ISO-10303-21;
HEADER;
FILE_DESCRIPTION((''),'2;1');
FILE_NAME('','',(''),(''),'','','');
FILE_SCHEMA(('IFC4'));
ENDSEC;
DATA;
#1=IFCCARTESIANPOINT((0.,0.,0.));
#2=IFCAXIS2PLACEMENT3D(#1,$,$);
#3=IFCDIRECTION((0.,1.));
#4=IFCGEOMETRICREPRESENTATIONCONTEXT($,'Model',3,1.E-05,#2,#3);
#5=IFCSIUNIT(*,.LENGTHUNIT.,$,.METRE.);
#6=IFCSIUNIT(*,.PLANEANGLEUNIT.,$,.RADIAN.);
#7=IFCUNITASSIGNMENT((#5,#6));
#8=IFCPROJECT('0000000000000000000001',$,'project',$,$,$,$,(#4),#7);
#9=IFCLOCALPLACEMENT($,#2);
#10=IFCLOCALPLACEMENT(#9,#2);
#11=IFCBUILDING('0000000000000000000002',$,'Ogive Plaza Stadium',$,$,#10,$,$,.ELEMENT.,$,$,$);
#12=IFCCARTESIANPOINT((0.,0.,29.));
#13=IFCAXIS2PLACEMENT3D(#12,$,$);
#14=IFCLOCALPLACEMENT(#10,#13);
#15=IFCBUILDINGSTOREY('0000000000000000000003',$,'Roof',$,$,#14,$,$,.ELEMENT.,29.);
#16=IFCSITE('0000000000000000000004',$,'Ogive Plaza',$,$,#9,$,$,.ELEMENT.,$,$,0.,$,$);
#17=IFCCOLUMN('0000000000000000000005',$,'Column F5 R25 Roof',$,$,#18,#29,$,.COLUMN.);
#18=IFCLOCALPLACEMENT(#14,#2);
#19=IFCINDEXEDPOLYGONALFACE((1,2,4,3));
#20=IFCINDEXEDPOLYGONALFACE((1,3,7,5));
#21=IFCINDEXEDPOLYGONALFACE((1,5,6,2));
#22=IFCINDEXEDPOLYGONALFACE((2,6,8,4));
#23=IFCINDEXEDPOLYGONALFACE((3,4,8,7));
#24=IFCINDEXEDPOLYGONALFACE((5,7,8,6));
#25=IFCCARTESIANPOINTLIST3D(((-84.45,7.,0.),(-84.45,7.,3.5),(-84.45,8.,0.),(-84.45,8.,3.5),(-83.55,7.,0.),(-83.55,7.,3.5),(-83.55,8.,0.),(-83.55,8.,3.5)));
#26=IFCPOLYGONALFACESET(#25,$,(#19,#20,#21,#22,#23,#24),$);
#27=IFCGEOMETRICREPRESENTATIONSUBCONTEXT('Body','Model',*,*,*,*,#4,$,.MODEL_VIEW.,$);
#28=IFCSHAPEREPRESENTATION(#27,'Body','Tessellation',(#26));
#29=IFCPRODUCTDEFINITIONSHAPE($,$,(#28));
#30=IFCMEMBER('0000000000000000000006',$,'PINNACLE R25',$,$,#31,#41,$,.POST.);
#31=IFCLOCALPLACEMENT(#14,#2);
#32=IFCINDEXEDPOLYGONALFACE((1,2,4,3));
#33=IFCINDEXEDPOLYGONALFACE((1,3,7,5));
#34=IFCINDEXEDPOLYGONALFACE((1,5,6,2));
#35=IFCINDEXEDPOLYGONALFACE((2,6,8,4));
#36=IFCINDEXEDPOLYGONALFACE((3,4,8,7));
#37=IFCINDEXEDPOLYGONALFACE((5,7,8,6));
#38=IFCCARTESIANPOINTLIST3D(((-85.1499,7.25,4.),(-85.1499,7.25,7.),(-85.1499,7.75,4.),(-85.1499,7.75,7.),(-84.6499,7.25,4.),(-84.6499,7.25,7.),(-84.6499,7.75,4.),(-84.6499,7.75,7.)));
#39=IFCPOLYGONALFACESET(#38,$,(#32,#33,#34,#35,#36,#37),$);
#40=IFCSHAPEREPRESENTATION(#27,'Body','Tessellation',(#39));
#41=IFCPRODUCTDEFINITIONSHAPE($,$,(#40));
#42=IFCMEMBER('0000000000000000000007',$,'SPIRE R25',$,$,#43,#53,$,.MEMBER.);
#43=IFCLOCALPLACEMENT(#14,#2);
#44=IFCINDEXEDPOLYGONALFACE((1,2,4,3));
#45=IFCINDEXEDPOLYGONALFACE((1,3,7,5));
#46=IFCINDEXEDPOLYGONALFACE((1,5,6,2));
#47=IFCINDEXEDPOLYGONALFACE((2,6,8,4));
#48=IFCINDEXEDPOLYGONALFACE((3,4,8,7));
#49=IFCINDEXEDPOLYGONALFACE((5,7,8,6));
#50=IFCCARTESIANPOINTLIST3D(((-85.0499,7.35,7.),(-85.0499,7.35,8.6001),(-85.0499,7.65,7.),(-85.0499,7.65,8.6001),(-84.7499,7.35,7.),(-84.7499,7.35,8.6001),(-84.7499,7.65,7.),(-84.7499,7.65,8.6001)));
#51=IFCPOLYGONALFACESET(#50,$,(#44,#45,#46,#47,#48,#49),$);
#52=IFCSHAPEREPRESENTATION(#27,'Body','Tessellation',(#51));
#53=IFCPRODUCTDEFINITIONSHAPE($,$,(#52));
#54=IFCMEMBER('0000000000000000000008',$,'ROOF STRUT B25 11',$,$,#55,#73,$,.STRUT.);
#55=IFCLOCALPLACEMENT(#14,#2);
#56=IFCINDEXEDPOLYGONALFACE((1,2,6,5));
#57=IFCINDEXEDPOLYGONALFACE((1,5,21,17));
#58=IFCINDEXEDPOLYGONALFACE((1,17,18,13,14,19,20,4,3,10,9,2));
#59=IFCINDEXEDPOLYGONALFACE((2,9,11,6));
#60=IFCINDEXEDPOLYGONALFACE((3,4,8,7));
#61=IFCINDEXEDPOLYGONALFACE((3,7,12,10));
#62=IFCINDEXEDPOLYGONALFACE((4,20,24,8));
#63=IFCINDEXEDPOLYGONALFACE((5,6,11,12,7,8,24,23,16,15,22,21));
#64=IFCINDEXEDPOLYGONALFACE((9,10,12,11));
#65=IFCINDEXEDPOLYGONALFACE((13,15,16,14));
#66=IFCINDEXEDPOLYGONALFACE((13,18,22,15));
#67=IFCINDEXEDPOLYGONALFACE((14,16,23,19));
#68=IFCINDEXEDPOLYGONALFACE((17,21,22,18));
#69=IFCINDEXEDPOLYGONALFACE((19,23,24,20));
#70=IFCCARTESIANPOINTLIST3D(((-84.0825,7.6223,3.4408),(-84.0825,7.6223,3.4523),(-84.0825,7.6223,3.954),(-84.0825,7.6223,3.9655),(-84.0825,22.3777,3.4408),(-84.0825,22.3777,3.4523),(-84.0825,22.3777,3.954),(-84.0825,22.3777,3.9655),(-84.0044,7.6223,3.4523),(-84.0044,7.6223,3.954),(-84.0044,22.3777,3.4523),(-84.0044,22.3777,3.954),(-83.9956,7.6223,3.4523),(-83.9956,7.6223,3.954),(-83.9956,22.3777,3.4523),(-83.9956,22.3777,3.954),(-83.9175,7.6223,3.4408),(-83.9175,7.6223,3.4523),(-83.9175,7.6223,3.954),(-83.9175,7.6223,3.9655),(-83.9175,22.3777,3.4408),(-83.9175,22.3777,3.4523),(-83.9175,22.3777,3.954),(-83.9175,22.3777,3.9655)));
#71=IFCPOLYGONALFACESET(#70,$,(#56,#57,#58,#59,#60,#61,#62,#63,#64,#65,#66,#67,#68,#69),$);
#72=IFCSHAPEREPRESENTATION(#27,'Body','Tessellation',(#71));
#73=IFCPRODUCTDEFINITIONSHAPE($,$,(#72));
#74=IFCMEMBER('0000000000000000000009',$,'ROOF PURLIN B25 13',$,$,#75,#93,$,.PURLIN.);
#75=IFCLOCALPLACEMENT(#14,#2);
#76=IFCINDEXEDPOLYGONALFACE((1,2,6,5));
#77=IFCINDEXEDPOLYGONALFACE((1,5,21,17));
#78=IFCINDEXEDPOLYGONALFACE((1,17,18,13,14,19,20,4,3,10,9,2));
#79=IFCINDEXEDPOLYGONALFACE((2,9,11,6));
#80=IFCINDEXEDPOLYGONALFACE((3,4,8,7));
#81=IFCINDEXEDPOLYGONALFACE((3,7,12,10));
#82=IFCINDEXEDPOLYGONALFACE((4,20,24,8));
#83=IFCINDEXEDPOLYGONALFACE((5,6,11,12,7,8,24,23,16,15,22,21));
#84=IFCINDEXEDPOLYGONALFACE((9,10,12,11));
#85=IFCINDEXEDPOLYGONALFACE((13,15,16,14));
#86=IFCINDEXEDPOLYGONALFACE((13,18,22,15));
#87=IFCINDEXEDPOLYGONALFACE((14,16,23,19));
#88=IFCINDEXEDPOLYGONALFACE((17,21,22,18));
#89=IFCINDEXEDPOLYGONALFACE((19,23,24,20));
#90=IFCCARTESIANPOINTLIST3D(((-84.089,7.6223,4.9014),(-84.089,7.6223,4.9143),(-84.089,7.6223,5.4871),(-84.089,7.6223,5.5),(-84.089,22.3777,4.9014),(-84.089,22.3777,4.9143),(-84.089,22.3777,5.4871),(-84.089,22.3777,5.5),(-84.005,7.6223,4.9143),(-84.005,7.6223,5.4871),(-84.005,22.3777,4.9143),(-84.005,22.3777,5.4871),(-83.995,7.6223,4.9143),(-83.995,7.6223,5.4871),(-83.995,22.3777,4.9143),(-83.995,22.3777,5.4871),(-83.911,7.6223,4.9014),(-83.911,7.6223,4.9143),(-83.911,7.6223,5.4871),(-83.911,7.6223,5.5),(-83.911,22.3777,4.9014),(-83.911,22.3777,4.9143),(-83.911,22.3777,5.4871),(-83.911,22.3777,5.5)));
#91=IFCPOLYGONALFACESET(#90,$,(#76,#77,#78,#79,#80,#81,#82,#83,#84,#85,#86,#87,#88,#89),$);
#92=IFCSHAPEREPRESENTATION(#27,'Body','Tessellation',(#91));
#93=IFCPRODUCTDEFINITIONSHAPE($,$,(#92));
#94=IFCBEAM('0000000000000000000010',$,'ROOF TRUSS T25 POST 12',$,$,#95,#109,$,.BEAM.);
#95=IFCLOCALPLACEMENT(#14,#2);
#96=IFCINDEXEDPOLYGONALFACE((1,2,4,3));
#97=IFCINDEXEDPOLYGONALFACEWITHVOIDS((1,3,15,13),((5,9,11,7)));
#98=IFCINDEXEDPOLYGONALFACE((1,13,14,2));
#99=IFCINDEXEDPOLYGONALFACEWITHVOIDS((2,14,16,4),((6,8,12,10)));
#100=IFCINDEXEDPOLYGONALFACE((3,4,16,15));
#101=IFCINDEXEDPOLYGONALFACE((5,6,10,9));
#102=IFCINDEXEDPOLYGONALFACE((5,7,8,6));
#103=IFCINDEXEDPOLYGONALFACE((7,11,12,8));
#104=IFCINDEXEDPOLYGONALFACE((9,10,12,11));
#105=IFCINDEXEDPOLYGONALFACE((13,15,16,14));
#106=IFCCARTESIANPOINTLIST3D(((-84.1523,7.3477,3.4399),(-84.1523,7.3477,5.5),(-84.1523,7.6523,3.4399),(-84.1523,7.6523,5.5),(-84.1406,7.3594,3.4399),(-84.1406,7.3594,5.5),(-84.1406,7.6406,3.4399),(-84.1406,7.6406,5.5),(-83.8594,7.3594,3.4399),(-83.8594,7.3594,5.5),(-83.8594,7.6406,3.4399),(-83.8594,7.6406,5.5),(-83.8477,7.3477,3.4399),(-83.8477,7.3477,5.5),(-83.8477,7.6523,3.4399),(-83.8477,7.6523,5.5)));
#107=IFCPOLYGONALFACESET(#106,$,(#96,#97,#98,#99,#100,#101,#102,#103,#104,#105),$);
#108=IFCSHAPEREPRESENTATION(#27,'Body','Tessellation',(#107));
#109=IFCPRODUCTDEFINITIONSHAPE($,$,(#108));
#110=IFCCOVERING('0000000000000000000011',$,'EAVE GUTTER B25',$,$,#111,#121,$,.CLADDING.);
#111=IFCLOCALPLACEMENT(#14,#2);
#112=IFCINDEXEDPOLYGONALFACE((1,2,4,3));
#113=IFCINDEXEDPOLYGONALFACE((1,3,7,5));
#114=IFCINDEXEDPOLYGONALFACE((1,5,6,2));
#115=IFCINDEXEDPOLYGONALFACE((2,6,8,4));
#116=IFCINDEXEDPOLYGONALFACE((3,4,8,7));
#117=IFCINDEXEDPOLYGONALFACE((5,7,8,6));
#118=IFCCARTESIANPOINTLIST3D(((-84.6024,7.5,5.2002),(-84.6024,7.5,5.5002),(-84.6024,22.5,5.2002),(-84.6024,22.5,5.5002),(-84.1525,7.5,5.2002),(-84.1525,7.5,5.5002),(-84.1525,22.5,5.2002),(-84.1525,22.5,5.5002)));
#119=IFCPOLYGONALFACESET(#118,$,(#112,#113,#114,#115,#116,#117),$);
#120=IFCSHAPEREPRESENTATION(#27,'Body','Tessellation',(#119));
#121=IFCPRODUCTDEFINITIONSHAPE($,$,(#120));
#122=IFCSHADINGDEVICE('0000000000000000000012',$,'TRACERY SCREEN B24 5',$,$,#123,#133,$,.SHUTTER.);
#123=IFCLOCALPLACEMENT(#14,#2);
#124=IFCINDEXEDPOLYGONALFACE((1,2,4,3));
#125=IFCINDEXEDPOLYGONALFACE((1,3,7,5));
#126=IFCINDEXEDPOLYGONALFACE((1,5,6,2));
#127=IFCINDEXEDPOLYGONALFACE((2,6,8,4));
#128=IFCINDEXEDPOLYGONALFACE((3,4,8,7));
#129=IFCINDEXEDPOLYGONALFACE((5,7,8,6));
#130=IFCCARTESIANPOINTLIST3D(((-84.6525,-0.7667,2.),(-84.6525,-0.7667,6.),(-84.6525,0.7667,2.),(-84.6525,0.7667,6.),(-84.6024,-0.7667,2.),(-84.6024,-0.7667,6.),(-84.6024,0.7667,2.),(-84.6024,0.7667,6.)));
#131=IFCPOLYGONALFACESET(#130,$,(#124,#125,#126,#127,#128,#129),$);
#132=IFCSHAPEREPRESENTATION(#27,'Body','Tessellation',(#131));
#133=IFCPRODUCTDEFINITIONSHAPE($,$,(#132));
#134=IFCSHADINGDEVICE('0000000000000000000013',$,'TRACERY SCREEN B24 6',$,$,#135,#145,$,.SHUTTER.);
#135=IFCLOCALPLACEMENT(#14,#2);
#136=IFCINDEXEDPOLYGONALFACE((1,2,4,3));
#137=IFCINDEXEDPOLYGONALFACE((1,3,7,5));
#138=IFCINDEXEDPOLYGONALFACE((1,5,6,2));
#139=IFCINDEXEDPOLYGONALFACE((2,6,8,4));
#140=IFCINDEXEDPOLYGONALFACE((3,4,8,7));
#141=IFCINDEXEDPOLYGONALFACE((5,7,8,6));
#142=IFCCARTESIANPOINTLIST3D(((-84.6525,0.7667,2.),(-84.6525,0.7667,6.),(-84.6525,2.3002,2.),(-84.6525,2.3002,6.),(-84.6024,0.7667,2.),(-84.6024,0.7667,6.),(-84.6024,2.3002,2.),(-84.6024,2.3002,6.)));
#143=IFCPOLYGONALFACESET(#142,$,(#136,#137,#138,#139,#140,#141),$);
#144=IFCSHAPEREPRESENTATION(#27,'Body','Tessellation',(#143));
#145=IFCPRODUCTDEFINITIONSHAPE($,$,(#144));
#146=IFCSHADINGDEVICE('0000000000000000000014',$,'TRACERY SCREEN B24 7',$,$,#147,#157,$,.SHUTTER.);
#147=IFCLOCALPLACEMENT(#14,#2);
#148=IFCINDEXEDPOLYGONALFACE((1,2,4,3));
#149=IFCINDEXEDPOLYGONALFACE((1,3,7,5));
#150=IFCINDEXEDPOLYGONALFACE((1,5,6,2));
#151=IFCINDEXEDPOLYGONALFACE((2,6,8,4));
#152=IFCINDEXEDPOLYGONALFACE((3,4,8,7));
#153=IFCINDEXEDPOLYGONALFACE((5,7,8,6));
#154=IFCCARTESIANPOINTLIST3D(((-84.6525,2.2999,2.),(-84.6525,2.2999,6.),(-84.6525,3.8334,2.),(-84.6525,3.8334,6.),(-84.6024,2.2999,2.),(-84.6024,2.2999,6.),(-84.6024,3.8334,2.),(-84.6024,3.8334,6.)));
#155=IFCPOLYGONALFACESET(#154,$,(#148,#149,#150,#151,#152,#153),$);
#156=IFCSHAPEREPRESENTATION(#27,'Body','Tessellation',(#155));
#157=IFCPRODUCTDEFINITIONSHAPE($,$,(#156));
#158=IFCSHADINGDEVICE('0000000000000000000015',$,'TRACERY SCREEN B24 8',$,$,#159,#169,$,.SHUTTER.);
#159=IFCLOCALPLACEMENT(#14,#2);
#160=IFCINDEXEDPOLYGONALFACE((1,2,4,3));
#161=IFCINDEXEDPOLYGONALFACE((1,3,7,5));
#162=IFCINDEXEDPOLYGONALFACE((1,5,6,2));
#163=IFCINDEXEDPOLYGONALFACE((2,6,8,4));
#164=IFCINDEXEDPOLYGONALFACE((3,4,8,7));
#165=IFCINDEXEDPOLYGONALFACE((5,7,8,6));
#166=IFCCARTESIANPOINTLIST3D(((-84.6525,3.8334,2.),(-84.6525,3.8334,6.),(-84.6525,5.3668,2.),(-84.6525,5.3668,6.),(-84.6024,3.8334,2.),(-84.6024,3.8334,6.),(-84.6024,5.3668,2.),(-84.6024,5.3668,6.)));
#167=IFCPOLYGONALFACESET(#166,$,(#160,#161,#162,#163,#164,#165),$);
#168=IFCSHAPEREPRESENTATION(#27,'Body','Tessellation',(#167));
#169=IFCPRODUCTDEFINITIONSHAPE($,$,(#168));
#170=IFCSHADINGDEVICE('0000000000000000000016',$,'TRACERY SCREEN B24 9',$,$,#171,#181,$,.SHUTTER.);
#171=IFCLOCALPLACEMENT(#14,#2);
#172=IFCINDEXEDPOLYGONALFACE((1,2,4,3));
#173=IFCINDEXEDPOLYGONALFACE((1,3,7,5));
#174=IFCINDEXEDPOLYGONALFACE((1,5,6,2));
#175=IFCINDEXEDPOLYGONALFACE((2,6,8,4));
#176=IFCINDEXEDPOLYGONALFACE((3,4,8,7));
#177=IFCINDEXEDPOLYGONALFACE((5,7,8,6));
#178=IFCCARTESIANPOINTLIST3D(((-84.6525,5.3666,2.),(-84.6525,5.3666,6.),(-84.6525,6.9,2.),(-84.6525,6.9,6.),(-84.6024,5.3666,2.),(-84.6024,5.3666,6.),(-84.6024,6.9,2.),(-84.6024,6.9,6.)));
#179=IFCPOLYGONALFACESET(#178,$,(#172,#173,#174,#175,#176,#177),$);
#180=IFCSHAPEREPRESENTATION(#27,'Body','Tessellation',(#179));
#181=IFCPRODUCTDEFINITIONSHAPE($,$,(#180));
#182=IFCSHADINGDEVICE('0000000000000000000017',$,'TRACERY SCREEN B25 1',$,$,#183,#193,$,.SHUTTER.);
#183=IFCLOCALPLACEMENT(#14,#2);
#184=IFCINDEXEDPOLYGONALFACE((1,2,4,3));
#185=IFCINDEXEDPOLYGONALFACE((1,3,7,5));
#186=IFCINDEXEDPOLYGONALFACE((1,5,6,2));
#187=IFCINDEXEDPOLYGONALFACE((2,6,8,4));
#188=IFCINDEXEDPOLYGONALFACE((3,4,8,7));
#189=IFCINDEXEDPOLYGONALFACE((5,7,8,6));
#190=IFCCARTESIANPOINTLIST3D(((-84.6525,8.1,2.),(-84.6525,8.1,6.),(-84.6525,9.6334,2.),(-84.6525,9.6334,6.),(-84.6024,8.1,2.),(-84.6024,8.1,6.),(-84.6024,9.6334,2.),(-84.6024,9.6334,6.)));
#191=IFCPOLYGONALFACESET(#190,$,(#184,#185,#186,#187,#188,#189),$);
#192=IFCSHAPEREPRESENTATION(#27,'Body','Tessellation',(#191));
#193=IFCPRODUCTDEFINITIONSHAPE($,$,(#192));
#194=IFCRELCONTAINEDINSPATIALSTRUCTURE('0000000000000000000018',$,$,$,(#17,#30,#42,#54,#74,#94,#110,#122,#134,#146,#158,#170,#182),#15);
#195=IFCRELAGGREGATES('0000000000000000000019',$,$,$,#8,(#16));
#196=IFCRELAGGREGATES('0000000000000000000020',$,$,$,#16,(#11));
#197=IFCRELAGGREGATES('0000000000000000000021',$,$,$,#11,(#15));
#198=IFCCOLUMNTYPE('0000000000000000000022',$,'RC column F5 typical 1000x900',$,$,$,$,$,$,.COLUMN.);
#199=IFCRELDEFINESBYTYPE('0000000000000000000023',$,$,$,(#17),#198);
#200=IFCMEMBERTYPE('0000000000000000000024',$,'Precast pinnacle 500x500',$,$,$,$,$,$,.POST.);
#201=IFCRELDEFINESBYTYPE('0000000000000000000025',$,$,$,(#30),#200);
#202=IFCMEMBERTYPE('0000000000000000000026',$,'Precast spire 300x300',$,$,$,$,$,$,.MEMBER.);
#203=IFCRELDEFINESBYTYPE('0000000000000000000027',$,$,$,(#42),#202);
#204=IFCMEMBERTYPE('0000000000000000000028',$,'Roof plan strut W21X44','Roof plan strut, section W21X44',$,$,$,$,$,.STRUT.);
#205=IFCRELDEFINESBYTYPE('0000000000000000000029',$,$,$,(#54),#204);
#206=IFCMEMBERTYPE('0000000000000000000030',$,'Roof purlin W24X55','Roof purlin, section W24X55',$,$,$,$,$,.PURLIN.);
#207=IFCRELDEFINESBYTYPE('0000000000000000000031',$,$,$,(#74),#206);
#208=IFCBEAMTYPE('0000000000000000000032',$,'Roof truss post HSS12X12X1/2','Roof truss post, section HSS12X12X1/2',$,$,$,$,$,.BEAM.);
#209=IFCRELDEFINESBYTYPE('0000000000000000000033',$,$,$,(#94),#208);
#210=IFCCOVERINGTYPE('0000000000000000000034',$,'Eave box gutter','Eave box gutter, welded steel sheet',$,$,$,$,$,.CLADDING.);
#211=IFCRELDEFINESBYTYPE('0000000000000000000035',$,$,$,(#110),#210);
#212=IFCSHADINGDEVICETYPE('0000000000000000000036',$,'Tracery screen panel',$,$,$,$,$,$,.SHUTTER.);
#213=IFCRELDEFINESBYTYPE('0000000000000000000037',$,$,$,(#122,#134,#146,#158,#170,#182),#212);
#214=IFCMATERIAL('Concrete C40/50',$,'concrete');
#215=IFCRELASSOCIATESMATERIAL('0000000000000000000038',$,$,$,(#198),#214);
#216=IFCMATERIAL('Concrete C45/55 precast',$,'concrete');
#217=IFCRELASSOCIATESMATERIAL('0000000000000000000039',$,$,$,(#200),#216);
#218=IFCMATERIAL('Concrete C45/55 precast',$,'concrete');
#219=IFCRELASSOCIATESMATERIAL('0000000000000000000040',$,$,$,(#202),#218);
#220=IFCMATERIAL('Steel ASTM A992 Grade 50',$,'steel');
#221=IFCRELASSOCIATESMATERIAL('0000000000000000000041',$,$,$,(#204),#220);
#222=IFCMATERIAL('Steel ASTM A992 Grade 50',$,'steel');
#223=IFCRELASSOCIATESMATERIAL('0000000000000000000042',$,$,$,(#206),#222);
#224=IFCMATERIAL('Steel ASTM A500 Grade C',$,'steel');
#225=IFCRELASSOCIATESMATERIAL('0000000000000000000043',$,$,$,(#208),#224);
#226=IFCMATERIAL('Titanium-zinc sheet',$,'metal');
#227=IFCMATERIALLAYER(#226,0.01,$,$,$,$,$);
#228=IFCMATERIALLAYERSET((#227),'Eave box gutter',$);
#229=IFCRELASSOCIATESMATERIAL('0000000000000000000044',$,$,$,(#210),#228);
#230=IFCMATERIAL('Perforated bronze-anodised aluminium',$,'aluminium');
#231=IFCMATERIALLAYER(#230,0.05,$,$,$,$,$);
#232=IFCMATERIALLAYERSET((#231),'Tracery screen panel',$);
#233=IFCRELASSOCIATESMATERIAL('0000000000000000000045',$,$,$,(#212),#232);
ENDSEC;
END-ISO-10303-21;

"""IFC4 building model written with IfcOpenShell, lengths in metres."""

from ifc_helpers import new_model, si_unit, direction, frame, origin, origin_2d, place, context, subcontext, project, spatial, rectangle, hollow_rectangle, i_section, extrude, material, layer, layer_set, material_profile, profile_set, type_object, element, save


model = new_model("IFC4")

# Units and contexts
model_context = context("Model", 3, precision=1e-05, world=origin(), true_north=direction((0.0, 1.0)))
body_context = subcontext(model_context, "Body", "Model", "MODEL_VIEW")
ifc_project = project(units=[si_unit("LENGTHUNIT", "METRE"), si_unit("PLANEANGLEUNIT", "RADIAN")], contexts=[model_context])

# Site, building, storey
site_placement = place(None, origin())
site = spatial("IfcSite", under=ifc_project, at=site_placement, Name="Ogive Plaza", CompositionType="ELEMENT", RefElevation=0.0)
building_placement = place(site_placement, origin())
building = spatial("IfcBuilding", under=site, at=building_placement, Name="Ogive Plaza Stadium", CompositionType="ELEMENT")
storey_placement = place(building_placement, frame((0.0, 0.0, 29.0)))
storey = spatial("IfcBuildingStorey", under=building, at=storey_placement, Name="Roof", CompositionType="ELEMENT", Elevation=29.0)

# Column
ifc_material_1 = material(Name="Concrete C40/50", Category="concrete")
ifc_material_profile_1 = material_profile(ifc_material_1, rectangle(XDim=1.0, YDim=0.8999, at=origin_2d()), Name="RC 1000x900")
ifc_profile_set_1 = profile_set([ifc_material_profile_1], Name="Concrete C40/50")
column_type = type_object("IfcColumnType", Name="RC column F5 typical 1000x900", PredefinedType="COLUMN", material=ifc_profile_set_1)
column_placement = place(storey_placement, frame((-84.0, 7.5, 0.0), z_axis=(0.0, 0.0, 1.0), x_axis=(0.0, -1.0, 0.0)))
element("IfcColumn", 1, at=column_placement, inside=storey, type_object=column_type, Name="Column F5 R25 Roof", PredefinedType="COLUMN", context=body_context, shape_type="SweptSolid", body=[
    extrude(rectangle(XDim=1.0, YDim=0.8999, at=origin_2d()), origin(), (0.0, 0.0, 1.0), 3.5),
])

# Members
ifc_material_2 = material(Name="Concrete C45/55 precast", Category="concrete")
ifc_material_profile_2 = material_profile(ifc_material_2, rectangle(XDim=0.5, YDim=0.5, at=origin_2d()), Name="RC 500x500")
ifc_profile_set_2 = profile_set([ifc_material_profile_2], Name="Concrete C45/55 precast")
member_type_1 = type_object("IfcMemberType", Name="Precast pinnacle 500x500", PredefinedType="POST", material=ifc_profile_set_2)
member_1_placement = place(storey_placement, frame((-84.8999, 7.5, 4.0), z_axis=(0.0, 0.0, 1.0), x_axis=(0.0, -1.0, 0.0)))
element("IfcMember", 2, at=member_1_placement, inside=storey, type_object=member_type_1, Name="PINNACLE R25", PredefinedType="POST", context=body_context, shape_type="SweptSolid", body=[
    extrude(rectangle(XDim=0.5, YDim=0.5, at=origin_2d()), origin(), (0.0, 0.0, 1.0), 3.0),
])
ifc_material_3 = material(Name="Concrete C45/55 precast", Category="concrete")
ifc_material_profile_3 = material_profile(ifc_material_3, rectangle(XDim=0.3, YDim=0.3, at=origin_2d()), Name="RC 300x300")
ifc_profile_set_3 = profile_set([ifc_material_profile_3], Name="Concrete C45/55 precast")
member_type_2 = type_object("IfcMemberType", Name="Precast spire 300x300", PredefinedType="MEMBER", material=ifc_profile_set_3)
member_2_placement = place(storey_placement, frame((-84.8999, 7.5, 7.0), z_axis=(0.0, 0.0, 1.0), x_axis=(0.0, -1.0, 0.0)))
element("IfcMember", 3, at=member_2_placement, inside=storey, type_object=member_type_2, Name="SPIRE R25", PredefinedType="MEMBER", context=body_context, shape_type="SweptSolid", body=[
    extrude(rectangle(XDim=0.3, YDim=0.3, at=origin_2d()), origin(), (0.0, 0.0, 1.0), 1.6001),
])
ifc_material_4 = material(Name="Steel ASTM A992 Grade 50", Category="steel")
ifc_material_profile_4 = material_profile(ifc_material_4, i_section(OverallWidth=0.165, OverallDepth=0.5247, WebThickness=0.0088, FlangeThickness=0.0115, at=origin_2d()), Name="W21X44")
ifc_profile_set_4 = profile_set([ifc_material_profile_4], Name="Steel ASTM A992 Grade 50")
member_type_3 = type_object("IfcMemberType", Name="Roof plan strut W21X44", Description="Roof plan strut, section W21X44", PredefinedType="STRUT", material=ifc_profile_set_4)
member_3_placement = place(storey_placement, frame((-84.0, 7.6223, 3.7031), z_axis=(0.0, 1.0, 0.0), x_axis=(-1.0, 0.0, 0.0)))
element("IfcMember", 4, at=member_3_placement, inside=storey, type_object=member_type_3, Name="ROOF STRUT B25 11", PredefinedType="STRUT", context=body_context, shape_type="SweptSolid", body=[
    extrude(i_section(OverallWidth=0.165, OverallDepth=0.5247, WebThickness=0.0088, FlangeThickness=0.0115, at=origin_2d()), origin(), (0.0, 0.0, 1.0), 14.7554),
])
ifc_material_5 = material(Name="Steel ASTM A992 Grade 50", Category="steel")
ifc_material_profile_5 = material_profile(ifc_material_5, i_section(OverallWidth=0.178, OverallDepth=0.5986, WebThickness=0.01, FlangeThickness=0.0129, at=origin_2d()), Name="W24X55")
ifc_profile_set_5 = profile_set([ifc_material_profile_5], Name="Steel ASTM A992 Grade 50")
member_type_4 = type_object("IfcMemberType", Name="Roof purlin W24X55", Description="Roof purlin, section W24X55", PredefinedType="PURLIN", material=ifc_profile_set_5)
member_4_placement = place(storey_placement, frame((-84.0, 7.6223, 5.2007), z_axis=(0.0, 1.0, 0.0), x_axis=(-1.0, 0.0, 0.0)))
element("IfcMember", 5, at=member_4_placement, inside=storey, type_object=member_type_4, Name="ROOF PURLIN B25 13", PredefinedType="PURLIN", context=body_context, shape_type="SweptSolid", body=[
    extrude(i_section(OverallWidth=0.178, OverallDepth=0.5986, WebThickness=0.01, FlangeThickness=0.0129, at=origin_2d()), origin(), (0.0, 0.0, 1.0), 14.7554),
])

# Beam
ifc_material_6 = material(Name="Steel ASTM A500 Grade C", Category="steel")
ifc_material_profile_6 = material_profile(ifc_material_6, hollow_rectangle(XDim=0.3047, YDim=0.3047, WallThickness=0.0117, at=origin_2d()), Name="HSS12X12X1/2")
ifc_profile_set_6 = profile_set([ifc_material_profile_6], Name="Steel ASTM A500 Grade C")
beam_type = type_object("IfcBeamType", Name="Roof truss post HSS12X12X1/2", Description="Roof truss post, section HSS12X12X1/2", PredefinedType="BEAM", material=ifc_profile_set_6)
beam_placement = place(storey_placement, frame((-84.0, 7.5, 3.4399), z_axis=(0.0, 0.0, 1.0), x_axis=(0.0, -1.0, 0.0)))
element("IfcBeam", 6, at=beam_placement, inside=storey, type_object=beam_type, Name="ROOF TRUSS T25 POST 12", PredefinedType="BEAM", context=body_context, shape_type="SweptSolid", body=[
    extrude(hollow_rectangle(XDim=0.3047, YDim=0.3047, WallThickness=0.0117, at=origin_2d()), origin(), (0.0, 0.0, 1.0), 2.0601),
])

# Covering
ifc_material_7 = material(Name="Titanium-zinc sheet", Category="metal")
ifc_layer_1 = layer(ifc_material_7, 0.01)
ifc_layer_set_1 = layer_set([ifc_layer_1], Name="Eave box gutter")
covering_type = type_object("IfcCoveringType", Name="Eave box gutter", Description="Eave box gutter, welded steel sheet", PredefinedType="CLADDING", material=ifc_layer_set_1)
covering_placement = place(storey_placement, frame((-84.3774, 15.0, 5.2002), z_axis=(0.0, 0.0, 1.0), x_axis=(0.0, 1.0, 0.0)))
element("IfcCovering", 7, at=covering_placement, inside=storey, type_object=covering_type, Name="EAVE GUTTER B25", PredefinedType="CLADDING", context=body_context, shape_type="SweptSolid", body=[
    extrude(rectangle(XDim=15.0, YDim=0.45, at=origin_2d()), origin(), (0.0, 0.0, 1.0), 0.3),
])

# Shading devices
ifc_material_8 = material(Name="Perforated bronze-anodised aluminium", Category="aluminium")
ifc_layer_2 = layer(ifc_material_8, 0.05)
ifc_layer_set_2 = layer_set([ifc_layer_2], Name="Tracery screen panel")
shading_device_type = type_object("IfcShadingDeviceType", Name="Tracery screen panel", PredefinedType="SHUTTER", material=ifc_layer_set_2)
for number, where, z_axis, x_axis, name in (
    (8, (-84.6274, 0.0, 2.0), (0.0, 0.0, 1.0), (0.0, 1.0, 0.0), "TRACERY SCREEN B24 5"),
    (9, (-84.6274, 1.5334, 2.0), (0.0, 0.0, 1.0), (0.0, 1.0, 0.0), "TRACERY SCREEN B24 6"),
    (10, (-84.6274, 3.0667, 2.0), (0.0, 0.0, 1.0), (0.0, 1.0, 0.0), "TRACERY SCREEN B24 7"),
    (11, (-84.6274, 4.6001, 2.0), (0.0, 0.0, 1.0), (0.0, 1.0, 0.0), "TRACERY SCREEN B24 8"),
    (12, (-84.6274, 6.1333, 2.0), (0.0, 0.0, 1.0), (0.0, 1.0, 0.0), "TRACERY SCREEN B24 9"),
    (13, (-84.6274, 8.8667, 2.0), (0.0, 0.0, 1.0), (0.0, 1.0, 0.0), "TRACERY SCREEN B25 1"),
):
    element("IfcShadingDevice", number, at=place(storey_placement, frame(where, z_axis=z_axis, x_axis=x_axis)), inside=storey, type_object=shading_device_type, Name=name, PredefinedType="SHUTTER", context=body_context, shape_type="SweptSolid", body=[
        extrude(rectangle(XDim=1.5334, YDim=0.05, at=origin_2d()), origin(), (0.0, 0.0, 1.0), 4.0),
    ])

save(model, "model.ifc")
